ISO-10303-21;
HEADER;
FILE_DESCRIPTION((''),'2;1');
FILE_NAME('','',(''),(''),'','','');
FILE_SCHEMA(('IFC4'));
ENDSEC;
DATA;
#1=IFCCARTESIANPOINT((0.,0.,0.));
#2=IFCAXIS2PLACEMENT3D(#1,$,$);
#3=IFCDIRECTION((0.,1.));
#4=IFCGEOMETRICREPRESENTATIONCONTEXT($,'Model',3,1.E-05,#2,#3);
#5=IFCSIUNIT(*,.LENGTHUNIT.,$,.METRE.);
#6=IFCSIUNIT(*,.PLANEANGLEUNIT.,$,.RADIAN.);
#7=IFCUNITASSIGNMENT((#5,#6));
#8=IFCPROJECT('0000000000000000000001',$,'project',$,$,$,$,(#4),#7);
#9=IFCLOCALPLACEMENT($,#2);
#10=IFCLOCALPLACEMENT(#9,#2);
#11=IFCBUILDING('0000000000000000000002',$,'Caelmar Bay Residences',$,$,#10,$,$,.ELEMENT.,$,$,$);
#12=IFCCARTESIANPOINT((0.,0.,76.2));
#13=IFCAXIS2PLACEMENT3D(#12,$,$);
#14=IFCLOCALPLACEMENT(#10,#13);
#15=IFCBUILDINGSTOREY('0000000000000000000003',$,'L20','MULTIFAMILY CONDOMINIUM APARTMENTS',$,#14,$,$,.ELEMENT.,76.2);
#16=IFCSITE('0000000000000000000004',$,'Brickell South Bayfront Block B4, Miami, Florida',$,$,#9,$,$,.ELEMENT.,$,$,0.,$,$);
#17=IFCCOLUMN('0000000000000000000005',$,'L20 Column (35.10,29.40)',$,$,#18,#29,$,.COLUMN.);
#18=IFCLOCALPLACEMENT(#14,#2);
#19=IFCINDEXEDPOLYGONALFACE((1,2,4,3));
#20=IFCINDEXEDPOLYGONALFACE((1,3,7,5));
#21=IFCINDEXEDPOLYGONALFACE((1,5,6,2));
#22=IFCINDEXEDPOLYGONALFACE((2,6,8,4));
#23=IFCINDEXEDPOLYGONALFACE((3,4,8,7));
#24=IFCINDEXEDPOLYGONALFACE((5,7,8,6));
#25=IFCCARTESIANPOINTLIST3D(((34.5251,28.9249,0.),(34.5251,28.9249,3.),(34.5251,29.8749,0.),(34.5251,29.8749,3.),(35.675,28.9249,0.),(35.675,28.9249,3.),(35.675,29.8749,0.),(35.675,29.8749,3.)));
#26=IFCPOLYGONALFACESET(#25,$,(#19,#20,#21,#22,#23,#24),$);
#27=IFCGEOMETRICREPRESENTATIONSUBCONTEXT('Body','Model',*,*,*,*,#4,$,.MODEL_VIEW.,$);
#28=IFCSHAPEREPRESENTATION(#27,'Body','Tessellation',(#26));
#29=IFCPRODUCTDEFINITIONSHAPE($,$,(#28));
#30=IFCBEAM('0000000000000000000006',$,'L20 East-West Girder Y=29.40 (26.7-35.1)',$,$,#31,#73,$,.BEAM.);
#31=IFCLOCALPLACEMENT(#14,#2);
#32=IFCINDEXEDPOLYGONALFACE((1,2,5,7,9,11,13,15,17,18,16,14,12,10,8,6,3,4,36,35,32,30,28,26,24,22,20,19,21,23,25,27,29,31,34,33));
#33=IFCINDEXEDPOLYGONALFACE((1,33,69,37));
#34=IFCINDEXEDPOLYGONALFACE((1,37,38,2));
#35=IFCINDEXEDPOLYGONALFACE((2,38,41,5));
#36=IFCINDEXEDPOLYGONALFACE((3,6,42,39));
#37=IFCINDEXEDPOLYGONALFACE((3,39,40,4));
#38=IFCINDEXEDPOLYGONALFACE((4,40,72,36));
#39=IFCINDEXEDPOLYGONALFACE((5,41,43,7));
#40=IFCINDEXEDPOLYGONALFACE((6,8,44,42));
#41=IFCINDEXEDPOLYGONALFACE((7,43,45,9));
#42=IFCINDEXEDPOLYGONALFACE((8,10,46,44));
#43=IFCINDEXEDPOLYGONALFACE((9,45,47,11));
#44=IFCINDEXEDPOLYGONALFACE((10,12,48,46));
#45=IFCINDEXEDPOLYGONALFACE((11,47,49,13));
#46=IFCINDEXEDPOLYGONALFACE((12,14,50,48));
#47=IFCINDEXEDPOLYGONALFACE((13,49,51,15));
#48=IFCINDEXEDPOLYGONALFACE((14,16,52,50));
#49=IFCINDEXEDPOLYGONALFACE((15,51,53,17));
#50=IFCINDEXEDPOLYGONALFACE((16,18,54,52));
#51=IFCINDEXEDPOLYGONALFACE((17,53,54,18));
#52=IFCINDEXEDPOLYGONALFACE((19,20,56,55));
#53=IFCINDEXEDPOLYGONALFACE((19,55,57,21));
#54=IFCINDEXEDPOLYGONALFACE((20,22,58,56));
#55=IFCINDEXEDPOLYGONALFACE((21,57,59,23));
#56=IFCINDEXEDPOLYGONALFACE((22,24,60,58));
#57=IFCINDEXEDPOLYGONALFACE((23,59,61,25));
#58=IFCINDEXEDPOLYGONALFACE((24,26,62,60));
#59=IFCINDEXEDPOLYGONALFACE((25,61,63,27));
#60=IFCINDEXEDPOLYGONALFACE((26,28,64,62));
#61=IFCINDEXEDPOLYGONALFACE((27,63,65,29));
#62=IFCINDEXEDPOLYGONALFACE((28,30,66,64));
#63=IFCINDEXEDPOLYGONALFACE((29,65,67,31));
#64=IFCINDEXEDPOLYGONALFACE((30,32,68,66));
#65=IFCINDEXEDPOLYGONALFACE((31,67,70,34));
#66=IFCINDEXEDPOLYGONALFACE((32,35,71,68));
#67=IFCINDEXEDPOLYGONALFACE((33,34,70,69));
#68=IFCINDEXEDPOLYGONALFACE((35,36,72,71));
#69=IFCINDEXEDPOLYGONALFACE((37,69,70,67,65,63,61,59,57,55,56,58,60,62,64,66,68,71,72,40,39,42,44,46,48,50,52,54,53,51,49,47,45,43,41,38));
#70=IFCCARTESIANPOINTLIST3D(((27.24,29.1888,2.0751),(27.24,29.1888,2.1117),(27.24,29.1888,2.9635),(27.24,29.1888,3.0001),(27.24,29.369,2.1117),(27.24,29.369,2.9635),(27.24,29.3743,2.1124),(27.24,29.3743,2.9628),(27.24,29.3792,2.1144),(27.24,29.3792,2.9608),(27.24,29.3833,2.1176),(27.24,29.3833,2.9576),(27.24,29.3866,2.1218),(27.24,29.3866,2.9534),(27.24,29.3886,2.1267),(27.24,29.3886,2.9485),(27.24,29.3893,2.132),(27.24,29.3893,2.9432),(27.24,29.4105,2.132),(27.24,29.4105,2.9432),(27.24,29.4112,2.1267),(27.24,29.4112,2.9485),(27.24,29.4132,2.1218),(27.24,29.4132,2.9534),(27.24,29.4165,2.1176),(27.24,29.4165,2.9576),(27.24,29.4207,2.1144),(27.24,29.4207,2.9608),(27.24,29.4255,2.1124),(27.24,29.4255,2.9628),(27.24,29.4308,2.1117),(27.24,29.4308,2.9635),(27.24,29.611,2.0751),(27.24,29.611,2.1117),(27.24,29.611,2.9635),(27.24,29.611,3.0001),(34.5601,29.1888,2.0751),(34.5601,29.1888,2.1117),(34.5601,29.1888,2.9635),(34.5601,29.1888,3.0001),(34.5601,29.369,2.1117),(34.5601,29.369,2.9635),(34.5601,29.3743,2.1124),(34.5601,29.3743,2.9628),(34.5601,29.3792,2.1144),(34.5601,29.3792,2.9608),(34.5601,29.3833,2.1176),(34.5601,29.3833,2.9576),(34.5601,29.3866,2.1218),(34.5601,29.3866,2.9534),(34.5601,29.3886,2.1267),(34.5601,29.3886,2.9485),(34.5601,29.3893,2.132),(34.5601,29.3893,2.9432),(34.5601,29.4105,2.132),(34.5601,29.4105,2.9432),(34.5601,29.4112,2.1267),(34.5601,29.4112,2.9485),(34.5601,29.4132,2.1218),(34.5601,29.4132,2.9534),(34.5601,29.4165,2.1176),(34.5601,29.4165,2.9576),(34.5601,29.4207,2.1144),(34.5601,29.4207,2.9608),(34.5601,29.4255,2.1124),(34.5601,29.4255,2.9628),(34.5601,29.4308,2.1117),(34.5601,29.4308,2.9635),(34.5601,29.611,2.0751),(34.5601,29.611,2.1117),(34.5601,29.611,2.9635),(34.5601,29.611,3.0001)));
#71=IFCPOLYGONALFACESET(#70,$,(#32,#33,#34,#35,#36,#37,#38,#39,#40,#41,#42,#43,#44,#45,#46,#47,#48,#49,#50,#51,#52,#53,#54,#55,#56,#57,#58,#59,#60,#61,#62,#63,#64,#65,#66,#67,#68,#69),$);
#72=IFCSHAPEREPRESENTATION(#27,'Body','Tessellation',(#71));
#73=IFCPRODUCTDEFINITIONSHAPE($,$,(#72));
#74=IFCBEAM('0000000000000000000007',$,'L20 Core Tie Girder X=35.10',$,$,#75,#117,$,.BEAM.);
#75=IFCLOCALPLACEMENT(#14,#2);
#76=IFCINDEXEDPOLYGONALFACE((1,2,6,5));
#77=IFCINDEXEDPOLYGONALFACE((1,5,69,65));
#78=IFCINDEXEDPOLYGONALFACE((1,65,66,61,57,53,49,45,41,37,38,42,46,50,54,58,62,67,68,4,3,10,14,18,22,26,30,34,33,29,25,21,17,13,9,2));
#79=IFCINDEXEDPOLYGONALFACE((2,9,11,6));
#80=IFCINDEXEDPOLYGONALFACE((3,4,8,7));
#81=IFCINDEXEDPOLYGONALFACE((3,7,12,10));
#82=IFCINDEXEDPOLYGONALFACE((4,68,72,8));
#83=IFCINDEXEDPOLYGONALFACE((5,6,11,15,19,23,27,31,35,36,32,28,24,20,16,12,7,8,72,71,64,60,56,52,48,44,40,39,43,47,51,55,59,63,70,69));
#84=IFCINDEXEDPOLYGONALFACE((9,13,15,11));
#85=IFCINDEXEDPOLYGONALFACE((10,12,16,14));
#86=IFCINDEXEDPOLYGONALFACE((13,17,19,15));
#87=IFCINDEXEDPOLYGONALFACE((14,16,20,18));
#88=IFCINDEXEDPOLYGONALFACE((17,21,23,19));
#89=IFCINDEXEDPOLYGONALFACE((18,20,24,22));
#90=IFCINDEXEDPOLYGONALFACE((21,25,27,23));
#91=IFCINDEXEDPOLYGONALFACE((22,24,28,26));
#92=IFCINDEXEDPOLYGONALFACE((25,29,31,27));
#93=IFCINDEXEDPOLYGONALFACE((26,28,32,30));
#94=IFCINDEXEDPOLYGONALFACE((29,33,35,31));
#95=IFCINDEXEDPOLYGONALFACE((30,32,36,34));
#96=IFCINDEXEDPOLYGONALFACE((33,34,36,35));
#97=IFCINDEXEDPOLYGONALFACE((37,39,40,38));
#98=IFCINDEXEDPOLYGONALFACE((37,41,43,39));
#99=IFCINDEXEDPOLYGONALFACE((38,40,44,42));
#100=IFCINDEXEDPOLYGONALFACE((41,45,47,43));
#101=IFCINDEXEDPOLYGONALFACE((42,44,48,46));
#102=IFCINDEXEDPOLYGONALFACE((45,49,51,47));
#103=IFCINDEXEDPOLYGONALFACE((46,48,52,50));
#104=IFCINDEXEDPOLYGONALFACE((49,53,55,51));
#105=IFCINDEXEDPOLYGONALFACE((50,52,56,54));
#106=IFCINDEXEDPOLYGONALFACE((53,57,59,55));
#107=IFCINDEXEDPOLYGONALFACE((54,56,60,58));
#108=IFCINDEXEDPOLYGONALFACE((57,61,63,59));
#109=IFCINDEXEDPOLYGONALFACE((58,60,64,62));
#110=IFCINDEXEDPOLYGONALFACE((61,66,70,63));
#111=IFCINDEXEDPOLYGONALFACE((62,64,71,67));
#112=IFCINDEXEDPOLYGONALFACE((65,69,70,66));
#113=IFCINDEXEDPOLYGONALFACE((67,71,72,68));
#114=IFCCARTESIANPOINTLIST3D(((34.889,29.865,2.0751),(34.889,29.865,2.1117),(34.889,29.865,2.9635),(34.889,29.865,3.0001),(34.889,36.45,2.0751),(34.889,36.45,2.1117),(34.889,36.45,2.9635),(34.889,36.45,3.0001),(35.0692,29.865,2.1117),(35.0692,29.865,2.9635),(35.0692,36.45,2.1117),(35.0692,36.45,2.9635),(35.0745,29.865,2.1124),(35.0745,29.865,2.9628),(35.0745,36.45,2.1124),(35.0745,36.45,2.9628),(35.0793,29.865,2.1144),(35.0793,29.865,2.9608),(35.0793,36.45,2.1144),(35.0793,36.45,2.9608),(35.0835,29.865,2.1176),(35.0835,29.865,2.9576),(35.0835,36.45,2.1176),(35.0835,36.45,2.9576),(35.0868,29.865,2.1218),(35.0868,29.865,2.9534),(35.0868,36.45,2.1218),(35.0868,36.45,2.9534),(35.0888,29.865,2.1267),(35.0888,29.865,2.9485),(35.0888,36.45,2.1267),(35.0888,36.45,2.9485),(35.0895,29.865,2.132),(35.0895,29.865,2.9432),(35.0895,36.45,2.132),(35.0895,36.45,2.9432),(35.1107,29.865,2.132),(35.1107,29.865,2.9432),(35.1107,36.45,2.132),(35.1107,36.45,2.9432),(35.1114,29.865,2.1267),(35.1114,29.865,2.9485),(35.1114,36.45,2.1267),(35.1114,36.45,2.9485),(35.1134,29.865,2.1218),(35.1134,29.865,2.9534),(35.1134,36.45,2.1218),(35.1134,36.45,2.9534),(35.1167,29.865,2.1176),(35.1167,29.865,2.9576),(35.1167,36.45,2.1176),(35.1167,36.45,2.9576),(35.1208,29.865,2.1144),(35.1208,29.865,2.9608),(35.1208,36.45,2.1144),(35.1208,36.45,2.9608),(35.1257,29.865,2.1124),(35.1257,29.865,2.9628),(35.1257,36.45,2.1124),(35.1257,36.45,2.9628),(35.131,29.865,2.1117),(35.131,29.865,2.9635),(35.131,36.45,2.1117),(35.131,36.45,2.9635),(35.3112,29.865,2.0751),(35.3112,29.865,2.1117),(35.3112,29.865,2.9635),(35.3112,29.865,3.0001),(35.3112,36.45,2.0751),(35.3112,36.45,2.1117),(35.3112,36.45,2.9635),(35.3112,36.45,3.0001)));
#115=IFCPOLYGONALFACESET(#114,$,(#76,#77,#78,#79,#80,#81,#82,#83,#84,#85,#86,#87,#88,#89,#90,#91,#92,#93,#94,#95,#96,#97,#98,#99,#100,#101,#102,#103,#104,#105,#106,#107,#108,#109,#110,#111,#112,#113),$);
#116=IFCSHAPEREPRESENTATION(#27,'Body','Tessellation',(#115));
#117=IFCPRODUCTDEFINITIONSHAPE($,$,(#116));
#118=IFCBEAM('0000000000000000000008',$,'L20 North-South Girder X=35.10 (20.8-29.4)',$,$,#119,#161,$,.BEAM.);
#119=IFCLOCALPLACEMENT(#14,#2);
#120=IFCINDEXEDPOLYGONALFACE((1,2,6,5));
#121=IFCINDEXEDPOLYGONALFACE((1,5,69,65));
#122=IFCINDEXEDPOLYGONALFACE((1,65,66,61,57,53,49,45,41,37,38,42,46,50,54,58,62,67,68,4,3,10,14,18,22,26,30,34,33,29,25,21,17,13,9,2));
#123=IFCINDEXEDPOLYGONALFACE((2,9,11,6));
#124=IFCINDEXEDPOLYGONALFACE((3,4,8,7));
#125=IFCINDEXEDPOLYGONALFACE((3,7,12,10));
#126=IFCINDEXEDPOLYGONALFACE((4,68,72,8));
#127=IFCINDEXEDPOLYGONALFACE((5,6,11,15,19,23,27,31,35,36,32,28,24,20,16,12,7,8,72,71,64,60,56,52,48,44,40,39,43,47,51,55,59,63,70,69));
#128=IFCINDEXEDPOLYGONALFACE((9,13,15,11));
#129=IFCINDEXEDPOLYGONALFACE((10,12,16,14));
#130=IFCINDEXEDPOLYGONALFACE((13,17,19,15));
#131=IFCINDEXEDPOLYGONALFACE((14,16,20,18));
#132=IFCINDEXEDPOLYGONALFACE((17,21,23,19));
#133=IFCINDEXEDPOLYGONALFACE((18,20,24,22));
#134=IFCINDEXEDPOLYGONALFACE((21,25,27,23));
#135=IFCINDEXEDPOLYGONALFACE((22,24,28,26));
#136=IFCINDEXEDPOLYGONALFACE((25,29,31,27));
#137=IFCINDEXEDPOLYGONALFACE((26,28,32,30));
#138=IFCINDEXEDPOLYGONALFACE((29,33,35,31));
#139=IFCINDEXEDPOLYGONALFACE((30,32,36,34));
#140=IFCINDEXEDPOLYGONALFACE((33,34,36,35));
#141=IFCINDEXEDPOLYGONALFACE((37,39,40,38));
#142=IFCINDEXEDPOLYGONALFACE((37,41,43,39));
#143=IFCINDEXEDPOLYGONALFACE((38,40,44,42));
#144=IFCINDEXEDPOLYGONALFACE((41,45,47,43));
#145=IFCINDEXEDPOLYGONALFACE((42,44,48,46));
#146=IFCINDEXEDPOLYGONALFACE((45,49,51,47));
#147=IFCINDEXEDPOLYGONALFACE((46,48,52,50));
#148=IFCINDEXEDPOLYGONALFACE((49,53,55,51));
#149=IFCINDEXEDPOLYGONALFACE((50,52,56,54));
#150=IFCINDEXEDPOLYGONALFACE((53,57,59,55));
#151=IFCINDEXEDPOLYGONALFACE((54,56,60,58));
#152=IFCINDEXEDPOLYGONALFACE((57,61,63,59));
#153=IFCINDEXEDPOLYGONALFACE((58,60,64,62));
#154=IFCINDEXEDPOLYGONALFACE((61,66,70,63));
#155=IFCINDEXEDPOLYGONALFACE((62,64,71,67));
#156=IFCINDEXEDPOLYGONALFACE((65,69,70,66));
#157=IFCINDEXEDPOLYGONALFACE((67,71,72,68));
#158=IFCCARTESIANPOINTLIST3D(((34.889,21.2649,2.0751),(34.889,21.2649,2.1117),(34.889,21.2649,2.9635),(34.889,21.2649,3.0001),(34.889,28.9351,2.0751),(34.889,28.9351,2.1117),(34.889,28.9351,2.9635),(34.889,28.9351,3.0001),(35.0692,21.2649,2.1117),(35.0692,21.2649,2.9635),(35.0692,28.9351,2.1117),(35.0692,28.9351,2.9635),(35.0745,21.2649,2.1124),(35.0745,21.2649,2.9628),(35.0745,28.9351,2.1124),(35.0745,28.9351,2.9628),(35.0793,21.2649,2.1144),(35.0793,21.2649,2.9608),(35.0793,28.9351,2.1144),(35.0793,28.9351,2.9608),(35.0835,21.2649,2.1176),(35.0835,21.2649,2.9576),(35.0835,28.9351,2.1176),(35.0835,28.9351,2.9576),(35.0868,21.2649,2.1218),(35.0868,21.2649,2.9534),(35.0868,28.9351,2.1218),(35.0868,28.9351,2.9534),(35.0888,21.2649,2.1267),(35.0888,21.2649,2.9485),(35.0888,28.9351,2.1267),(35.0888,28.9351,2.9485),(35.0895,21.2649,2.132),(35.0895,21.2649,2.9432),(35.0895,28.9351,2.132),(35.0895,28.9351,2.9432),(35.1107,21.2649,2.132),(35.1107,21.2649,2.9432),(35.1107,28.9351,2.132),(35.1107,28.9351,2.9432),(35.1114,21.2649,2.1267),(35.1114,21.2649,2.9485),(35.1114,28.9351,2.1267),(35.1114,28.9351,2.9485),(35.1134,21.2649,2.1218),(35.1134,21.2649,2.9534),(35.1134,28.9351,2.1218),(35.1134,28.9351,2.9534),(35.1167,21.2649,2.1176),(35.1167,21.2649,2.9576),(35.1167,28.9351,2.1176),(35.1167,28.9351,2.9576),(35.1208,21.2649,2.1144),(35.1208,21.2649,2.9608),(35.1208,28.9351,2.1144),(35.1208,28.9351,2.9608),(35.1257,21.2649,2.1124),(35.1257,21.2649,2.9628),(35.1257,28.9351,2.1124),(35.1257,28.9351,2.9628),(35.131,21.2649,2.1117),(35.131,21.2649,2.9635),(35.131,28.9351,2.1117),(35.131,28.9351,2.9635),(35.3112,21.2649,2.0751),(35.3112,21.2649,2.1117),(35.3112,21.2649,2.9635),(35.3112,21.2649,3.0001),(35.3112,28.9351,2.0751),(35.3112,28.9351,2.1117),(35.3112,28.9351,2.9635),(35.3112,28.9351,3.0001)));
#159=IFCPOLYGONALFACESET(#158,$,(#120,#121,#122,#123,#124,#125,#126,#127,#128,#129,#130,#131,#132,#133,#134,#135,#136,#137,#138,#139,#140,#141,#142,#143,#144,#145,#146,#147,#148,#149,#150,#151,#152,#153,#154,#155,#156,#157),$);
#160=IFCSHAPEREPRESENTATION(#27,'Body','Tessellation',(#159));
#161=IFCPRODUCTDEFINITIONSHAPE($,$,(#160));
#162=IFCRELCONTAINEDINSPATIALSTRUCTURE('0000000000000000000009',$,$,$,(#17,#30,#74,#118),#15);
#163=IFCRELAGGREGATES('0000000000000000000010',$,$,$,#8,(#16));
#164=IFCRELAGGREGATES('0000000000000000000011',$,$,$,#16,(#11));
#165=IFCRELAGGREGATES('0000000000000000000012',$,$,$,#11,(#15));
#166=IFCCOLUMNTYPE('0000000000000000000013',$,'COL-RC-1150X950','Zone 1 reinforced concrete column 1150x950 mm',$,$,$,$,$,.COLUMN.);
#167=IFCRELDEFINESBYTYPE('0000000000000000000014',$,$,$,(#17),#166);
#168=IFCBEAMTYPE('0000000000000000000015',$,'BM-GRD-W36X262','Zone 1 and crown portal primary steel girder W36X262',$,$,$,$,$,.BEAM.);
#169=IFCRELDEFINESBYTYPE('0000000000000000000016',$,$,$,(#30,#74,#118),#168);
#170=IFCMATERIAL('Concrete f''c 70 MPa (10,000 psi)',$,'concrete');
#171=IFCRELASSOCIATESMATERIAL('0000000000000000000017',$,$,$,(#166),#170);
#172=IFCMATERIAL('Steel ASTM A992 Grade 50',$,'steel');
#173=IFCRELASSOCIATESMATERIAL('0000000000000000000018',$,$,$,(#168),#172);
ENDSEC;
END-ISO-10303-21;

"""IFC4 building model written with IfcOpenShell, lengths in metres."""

from ifc_helpers import new_model, si_unit, direction, frame, origin, origin_2d, place, context, subcontext, project, spatial, rectangle, i_section, extrude, material, material_profile, profile_set, type_object, element, save


model = new_model("IFC4")

# Units and contexts
model_context = context("Model", 3, precision=1e-05, world=origin(), true_north=direction((0.0, 1.0)))
body_context = subcontext(model_context, "Body", "Model", "MODEL_VIEW")
ifc_project = project(units=[si_unit("LENGTHUNIT", "METRE"), si_unit("PLANEANGLEUNIT", "RADIAN")], contexts=[model_context])

# Site, building, storey
site_placement = place(None, origin())
site = spatial("IfcSite", under=ifc_project, at=site_placement, Name="Brickell South Bayfront Block B4, Miami, Florida", CompositionType="ELEMENT", RefElevation=0.0)
building_placement = place(site_placement, origin())
building = spatial("IfcBuilding", under=site, at=building_placement, Name="Caelmar Bay Residences", CompositionType="ELEMENT")
storey_placement = place(building_placement, frame((0.0, 0.0, 76.2)))
storey = spatial("IfcBuildingStorey", under=building, at=storey_placement, Name="L20", Description="MULTIFAMILY CONDOMINIUM APARTMENTS", CompositionType="ELEMENT", Elevation=76.2)

# Column
ifc_material_1 = material(Name="Concrete f'c 70 MPa (10,000 psi)", Category="concrete")
ifc_material_profile_1 = material_profile(ifc_material_1, rectangle(XDim=1.1499, YDim=0.95, at=origin_2d()), Name="RC-COL-1150X950")
ifc_profile_set_1 = profile_set([ifc_material_profile_1], Name="Concrete f'c 70 MPa (10,000 psi)")
column_type = type_object("IfcColumnType", Name="COL-RC-1150X950", Description="Zone 1 reinforced concrete column 1150x950 mm", PredefinedType="COLUMN", material=ifc_profile_set_1)
column_placement = place(storey_placement, frame((35.1001, 29.3999, 0.0), z_axis=(0.0, 0.0, 1.0), x_axis=(1.0, 0.0, 0.0)))
element("IfcColumn", 1, at=column_placement, inside=storey, type_object=column_type, Name="L20 Column (35.10,29.40)", PredefinedType="COLUMN", context=body_context, shape_type="SweptSolid", body=[
    extrude(rectangle(XDim=1.1499, YDim=0.95, at=origin_2d()), origin(), (0.0, 0.0, 1.0), 3.0),
])

# Beams
ifc_material_2 = material(Name="Steel ASTM A992 Grade 50", Category="steel")
ifc_material_profile_2 = material_profile(ifc_material_2, i_section(OverallWidth=0.4221, OverallDepth=0.925, WebThickness=0.0212, FlangeThickness=0.0366, FilletRadius=0.0203, at=origin_2d()), Name="W36X262")
ifc_profile_set_2 = profile_set([ifc_material_profile_2], Name="Steel ASTM A992 Grade 50")
beam_type_1 = type_object("IfcBeamType", Name="BM-GRD-W36X262", Description="Zone 1 and crown portal primary steel girder W36X262", PredefinedType="BEAM", material=ifc_profile_set_2)
beam_1_placement = place(storey_placement, frame((27.24, 29.3999, 2.5376), z_axis=(1.0, 0.0, 0.0), x_axis=(0.0, 1.0, 0.0)))
element("IfcBeam", 2, at=beam_1_placement, inside=storey, type_object=beam_type_1, Name="L20 East-West Girder Y=29.40 (26.7-35.1)", PredefinedType="BEAM", context=body_context, shape_type="SweptSolid", body=[
    extrude(i_section(OverallWidth=0.4221, OverallDepth=0.925, WebThickness=0.0212, FlangeThickness=0.0366, FilletRadius=0.0203, at=origin_2d()), origin(), (0.0, 0.0, 1.0), 7.3201),
])
beam_2_placement = place(storey_placement, frame((35.1001, 29.865, 2.5376), z_axis=(0.0, 1.0, 0.0), x_axis=(-1.0, 0.0, 0.0)))
element("IfcBeam", 3, at=beam_2_placement, inside=storey, type_object=beam_type_1, Name="L20 Core Tie Girder X=35.10", PredefinedType="BEAM", context=body_context, shape_type="SweptSolid", body=[
    extrude(i_section(OverallWidth=0.4221, OverallDepth=0.925, WebThickness=0.0212, FlangeThickness=0.0366, FilletRadius=0.0203, at=origin_2d()), origin(), (0.0, 0.0, 1.0), 6.585),
])
beam_3_placement = place(storey_placement, frame((35.1001, 21.2649, 2.5376), z_axis=(0.0, 1.0, 0.0), x_axis=(-1.0, 0.0, 0.0)))
element("IfcBeam", 4, at=beam_3_placement, inside=storey, type_object=beam_type_1, Name="L20 North-South Girder X=35.10 (20.8-29.4)", PredefinedType="BEAM", context=body_context, shape_type="SweptSolid", body=[
    extrude(i_section(OverallWidth=0.4221, OverallDepth=0.925, WebThickness=0.0212, FlangeThickness=0.0366, FilletRadius=0.0203, at=origin_2d()), origin(), (0.0, 0.0, 1.0), 7.6702),
])

save(model, "model.ifc")
